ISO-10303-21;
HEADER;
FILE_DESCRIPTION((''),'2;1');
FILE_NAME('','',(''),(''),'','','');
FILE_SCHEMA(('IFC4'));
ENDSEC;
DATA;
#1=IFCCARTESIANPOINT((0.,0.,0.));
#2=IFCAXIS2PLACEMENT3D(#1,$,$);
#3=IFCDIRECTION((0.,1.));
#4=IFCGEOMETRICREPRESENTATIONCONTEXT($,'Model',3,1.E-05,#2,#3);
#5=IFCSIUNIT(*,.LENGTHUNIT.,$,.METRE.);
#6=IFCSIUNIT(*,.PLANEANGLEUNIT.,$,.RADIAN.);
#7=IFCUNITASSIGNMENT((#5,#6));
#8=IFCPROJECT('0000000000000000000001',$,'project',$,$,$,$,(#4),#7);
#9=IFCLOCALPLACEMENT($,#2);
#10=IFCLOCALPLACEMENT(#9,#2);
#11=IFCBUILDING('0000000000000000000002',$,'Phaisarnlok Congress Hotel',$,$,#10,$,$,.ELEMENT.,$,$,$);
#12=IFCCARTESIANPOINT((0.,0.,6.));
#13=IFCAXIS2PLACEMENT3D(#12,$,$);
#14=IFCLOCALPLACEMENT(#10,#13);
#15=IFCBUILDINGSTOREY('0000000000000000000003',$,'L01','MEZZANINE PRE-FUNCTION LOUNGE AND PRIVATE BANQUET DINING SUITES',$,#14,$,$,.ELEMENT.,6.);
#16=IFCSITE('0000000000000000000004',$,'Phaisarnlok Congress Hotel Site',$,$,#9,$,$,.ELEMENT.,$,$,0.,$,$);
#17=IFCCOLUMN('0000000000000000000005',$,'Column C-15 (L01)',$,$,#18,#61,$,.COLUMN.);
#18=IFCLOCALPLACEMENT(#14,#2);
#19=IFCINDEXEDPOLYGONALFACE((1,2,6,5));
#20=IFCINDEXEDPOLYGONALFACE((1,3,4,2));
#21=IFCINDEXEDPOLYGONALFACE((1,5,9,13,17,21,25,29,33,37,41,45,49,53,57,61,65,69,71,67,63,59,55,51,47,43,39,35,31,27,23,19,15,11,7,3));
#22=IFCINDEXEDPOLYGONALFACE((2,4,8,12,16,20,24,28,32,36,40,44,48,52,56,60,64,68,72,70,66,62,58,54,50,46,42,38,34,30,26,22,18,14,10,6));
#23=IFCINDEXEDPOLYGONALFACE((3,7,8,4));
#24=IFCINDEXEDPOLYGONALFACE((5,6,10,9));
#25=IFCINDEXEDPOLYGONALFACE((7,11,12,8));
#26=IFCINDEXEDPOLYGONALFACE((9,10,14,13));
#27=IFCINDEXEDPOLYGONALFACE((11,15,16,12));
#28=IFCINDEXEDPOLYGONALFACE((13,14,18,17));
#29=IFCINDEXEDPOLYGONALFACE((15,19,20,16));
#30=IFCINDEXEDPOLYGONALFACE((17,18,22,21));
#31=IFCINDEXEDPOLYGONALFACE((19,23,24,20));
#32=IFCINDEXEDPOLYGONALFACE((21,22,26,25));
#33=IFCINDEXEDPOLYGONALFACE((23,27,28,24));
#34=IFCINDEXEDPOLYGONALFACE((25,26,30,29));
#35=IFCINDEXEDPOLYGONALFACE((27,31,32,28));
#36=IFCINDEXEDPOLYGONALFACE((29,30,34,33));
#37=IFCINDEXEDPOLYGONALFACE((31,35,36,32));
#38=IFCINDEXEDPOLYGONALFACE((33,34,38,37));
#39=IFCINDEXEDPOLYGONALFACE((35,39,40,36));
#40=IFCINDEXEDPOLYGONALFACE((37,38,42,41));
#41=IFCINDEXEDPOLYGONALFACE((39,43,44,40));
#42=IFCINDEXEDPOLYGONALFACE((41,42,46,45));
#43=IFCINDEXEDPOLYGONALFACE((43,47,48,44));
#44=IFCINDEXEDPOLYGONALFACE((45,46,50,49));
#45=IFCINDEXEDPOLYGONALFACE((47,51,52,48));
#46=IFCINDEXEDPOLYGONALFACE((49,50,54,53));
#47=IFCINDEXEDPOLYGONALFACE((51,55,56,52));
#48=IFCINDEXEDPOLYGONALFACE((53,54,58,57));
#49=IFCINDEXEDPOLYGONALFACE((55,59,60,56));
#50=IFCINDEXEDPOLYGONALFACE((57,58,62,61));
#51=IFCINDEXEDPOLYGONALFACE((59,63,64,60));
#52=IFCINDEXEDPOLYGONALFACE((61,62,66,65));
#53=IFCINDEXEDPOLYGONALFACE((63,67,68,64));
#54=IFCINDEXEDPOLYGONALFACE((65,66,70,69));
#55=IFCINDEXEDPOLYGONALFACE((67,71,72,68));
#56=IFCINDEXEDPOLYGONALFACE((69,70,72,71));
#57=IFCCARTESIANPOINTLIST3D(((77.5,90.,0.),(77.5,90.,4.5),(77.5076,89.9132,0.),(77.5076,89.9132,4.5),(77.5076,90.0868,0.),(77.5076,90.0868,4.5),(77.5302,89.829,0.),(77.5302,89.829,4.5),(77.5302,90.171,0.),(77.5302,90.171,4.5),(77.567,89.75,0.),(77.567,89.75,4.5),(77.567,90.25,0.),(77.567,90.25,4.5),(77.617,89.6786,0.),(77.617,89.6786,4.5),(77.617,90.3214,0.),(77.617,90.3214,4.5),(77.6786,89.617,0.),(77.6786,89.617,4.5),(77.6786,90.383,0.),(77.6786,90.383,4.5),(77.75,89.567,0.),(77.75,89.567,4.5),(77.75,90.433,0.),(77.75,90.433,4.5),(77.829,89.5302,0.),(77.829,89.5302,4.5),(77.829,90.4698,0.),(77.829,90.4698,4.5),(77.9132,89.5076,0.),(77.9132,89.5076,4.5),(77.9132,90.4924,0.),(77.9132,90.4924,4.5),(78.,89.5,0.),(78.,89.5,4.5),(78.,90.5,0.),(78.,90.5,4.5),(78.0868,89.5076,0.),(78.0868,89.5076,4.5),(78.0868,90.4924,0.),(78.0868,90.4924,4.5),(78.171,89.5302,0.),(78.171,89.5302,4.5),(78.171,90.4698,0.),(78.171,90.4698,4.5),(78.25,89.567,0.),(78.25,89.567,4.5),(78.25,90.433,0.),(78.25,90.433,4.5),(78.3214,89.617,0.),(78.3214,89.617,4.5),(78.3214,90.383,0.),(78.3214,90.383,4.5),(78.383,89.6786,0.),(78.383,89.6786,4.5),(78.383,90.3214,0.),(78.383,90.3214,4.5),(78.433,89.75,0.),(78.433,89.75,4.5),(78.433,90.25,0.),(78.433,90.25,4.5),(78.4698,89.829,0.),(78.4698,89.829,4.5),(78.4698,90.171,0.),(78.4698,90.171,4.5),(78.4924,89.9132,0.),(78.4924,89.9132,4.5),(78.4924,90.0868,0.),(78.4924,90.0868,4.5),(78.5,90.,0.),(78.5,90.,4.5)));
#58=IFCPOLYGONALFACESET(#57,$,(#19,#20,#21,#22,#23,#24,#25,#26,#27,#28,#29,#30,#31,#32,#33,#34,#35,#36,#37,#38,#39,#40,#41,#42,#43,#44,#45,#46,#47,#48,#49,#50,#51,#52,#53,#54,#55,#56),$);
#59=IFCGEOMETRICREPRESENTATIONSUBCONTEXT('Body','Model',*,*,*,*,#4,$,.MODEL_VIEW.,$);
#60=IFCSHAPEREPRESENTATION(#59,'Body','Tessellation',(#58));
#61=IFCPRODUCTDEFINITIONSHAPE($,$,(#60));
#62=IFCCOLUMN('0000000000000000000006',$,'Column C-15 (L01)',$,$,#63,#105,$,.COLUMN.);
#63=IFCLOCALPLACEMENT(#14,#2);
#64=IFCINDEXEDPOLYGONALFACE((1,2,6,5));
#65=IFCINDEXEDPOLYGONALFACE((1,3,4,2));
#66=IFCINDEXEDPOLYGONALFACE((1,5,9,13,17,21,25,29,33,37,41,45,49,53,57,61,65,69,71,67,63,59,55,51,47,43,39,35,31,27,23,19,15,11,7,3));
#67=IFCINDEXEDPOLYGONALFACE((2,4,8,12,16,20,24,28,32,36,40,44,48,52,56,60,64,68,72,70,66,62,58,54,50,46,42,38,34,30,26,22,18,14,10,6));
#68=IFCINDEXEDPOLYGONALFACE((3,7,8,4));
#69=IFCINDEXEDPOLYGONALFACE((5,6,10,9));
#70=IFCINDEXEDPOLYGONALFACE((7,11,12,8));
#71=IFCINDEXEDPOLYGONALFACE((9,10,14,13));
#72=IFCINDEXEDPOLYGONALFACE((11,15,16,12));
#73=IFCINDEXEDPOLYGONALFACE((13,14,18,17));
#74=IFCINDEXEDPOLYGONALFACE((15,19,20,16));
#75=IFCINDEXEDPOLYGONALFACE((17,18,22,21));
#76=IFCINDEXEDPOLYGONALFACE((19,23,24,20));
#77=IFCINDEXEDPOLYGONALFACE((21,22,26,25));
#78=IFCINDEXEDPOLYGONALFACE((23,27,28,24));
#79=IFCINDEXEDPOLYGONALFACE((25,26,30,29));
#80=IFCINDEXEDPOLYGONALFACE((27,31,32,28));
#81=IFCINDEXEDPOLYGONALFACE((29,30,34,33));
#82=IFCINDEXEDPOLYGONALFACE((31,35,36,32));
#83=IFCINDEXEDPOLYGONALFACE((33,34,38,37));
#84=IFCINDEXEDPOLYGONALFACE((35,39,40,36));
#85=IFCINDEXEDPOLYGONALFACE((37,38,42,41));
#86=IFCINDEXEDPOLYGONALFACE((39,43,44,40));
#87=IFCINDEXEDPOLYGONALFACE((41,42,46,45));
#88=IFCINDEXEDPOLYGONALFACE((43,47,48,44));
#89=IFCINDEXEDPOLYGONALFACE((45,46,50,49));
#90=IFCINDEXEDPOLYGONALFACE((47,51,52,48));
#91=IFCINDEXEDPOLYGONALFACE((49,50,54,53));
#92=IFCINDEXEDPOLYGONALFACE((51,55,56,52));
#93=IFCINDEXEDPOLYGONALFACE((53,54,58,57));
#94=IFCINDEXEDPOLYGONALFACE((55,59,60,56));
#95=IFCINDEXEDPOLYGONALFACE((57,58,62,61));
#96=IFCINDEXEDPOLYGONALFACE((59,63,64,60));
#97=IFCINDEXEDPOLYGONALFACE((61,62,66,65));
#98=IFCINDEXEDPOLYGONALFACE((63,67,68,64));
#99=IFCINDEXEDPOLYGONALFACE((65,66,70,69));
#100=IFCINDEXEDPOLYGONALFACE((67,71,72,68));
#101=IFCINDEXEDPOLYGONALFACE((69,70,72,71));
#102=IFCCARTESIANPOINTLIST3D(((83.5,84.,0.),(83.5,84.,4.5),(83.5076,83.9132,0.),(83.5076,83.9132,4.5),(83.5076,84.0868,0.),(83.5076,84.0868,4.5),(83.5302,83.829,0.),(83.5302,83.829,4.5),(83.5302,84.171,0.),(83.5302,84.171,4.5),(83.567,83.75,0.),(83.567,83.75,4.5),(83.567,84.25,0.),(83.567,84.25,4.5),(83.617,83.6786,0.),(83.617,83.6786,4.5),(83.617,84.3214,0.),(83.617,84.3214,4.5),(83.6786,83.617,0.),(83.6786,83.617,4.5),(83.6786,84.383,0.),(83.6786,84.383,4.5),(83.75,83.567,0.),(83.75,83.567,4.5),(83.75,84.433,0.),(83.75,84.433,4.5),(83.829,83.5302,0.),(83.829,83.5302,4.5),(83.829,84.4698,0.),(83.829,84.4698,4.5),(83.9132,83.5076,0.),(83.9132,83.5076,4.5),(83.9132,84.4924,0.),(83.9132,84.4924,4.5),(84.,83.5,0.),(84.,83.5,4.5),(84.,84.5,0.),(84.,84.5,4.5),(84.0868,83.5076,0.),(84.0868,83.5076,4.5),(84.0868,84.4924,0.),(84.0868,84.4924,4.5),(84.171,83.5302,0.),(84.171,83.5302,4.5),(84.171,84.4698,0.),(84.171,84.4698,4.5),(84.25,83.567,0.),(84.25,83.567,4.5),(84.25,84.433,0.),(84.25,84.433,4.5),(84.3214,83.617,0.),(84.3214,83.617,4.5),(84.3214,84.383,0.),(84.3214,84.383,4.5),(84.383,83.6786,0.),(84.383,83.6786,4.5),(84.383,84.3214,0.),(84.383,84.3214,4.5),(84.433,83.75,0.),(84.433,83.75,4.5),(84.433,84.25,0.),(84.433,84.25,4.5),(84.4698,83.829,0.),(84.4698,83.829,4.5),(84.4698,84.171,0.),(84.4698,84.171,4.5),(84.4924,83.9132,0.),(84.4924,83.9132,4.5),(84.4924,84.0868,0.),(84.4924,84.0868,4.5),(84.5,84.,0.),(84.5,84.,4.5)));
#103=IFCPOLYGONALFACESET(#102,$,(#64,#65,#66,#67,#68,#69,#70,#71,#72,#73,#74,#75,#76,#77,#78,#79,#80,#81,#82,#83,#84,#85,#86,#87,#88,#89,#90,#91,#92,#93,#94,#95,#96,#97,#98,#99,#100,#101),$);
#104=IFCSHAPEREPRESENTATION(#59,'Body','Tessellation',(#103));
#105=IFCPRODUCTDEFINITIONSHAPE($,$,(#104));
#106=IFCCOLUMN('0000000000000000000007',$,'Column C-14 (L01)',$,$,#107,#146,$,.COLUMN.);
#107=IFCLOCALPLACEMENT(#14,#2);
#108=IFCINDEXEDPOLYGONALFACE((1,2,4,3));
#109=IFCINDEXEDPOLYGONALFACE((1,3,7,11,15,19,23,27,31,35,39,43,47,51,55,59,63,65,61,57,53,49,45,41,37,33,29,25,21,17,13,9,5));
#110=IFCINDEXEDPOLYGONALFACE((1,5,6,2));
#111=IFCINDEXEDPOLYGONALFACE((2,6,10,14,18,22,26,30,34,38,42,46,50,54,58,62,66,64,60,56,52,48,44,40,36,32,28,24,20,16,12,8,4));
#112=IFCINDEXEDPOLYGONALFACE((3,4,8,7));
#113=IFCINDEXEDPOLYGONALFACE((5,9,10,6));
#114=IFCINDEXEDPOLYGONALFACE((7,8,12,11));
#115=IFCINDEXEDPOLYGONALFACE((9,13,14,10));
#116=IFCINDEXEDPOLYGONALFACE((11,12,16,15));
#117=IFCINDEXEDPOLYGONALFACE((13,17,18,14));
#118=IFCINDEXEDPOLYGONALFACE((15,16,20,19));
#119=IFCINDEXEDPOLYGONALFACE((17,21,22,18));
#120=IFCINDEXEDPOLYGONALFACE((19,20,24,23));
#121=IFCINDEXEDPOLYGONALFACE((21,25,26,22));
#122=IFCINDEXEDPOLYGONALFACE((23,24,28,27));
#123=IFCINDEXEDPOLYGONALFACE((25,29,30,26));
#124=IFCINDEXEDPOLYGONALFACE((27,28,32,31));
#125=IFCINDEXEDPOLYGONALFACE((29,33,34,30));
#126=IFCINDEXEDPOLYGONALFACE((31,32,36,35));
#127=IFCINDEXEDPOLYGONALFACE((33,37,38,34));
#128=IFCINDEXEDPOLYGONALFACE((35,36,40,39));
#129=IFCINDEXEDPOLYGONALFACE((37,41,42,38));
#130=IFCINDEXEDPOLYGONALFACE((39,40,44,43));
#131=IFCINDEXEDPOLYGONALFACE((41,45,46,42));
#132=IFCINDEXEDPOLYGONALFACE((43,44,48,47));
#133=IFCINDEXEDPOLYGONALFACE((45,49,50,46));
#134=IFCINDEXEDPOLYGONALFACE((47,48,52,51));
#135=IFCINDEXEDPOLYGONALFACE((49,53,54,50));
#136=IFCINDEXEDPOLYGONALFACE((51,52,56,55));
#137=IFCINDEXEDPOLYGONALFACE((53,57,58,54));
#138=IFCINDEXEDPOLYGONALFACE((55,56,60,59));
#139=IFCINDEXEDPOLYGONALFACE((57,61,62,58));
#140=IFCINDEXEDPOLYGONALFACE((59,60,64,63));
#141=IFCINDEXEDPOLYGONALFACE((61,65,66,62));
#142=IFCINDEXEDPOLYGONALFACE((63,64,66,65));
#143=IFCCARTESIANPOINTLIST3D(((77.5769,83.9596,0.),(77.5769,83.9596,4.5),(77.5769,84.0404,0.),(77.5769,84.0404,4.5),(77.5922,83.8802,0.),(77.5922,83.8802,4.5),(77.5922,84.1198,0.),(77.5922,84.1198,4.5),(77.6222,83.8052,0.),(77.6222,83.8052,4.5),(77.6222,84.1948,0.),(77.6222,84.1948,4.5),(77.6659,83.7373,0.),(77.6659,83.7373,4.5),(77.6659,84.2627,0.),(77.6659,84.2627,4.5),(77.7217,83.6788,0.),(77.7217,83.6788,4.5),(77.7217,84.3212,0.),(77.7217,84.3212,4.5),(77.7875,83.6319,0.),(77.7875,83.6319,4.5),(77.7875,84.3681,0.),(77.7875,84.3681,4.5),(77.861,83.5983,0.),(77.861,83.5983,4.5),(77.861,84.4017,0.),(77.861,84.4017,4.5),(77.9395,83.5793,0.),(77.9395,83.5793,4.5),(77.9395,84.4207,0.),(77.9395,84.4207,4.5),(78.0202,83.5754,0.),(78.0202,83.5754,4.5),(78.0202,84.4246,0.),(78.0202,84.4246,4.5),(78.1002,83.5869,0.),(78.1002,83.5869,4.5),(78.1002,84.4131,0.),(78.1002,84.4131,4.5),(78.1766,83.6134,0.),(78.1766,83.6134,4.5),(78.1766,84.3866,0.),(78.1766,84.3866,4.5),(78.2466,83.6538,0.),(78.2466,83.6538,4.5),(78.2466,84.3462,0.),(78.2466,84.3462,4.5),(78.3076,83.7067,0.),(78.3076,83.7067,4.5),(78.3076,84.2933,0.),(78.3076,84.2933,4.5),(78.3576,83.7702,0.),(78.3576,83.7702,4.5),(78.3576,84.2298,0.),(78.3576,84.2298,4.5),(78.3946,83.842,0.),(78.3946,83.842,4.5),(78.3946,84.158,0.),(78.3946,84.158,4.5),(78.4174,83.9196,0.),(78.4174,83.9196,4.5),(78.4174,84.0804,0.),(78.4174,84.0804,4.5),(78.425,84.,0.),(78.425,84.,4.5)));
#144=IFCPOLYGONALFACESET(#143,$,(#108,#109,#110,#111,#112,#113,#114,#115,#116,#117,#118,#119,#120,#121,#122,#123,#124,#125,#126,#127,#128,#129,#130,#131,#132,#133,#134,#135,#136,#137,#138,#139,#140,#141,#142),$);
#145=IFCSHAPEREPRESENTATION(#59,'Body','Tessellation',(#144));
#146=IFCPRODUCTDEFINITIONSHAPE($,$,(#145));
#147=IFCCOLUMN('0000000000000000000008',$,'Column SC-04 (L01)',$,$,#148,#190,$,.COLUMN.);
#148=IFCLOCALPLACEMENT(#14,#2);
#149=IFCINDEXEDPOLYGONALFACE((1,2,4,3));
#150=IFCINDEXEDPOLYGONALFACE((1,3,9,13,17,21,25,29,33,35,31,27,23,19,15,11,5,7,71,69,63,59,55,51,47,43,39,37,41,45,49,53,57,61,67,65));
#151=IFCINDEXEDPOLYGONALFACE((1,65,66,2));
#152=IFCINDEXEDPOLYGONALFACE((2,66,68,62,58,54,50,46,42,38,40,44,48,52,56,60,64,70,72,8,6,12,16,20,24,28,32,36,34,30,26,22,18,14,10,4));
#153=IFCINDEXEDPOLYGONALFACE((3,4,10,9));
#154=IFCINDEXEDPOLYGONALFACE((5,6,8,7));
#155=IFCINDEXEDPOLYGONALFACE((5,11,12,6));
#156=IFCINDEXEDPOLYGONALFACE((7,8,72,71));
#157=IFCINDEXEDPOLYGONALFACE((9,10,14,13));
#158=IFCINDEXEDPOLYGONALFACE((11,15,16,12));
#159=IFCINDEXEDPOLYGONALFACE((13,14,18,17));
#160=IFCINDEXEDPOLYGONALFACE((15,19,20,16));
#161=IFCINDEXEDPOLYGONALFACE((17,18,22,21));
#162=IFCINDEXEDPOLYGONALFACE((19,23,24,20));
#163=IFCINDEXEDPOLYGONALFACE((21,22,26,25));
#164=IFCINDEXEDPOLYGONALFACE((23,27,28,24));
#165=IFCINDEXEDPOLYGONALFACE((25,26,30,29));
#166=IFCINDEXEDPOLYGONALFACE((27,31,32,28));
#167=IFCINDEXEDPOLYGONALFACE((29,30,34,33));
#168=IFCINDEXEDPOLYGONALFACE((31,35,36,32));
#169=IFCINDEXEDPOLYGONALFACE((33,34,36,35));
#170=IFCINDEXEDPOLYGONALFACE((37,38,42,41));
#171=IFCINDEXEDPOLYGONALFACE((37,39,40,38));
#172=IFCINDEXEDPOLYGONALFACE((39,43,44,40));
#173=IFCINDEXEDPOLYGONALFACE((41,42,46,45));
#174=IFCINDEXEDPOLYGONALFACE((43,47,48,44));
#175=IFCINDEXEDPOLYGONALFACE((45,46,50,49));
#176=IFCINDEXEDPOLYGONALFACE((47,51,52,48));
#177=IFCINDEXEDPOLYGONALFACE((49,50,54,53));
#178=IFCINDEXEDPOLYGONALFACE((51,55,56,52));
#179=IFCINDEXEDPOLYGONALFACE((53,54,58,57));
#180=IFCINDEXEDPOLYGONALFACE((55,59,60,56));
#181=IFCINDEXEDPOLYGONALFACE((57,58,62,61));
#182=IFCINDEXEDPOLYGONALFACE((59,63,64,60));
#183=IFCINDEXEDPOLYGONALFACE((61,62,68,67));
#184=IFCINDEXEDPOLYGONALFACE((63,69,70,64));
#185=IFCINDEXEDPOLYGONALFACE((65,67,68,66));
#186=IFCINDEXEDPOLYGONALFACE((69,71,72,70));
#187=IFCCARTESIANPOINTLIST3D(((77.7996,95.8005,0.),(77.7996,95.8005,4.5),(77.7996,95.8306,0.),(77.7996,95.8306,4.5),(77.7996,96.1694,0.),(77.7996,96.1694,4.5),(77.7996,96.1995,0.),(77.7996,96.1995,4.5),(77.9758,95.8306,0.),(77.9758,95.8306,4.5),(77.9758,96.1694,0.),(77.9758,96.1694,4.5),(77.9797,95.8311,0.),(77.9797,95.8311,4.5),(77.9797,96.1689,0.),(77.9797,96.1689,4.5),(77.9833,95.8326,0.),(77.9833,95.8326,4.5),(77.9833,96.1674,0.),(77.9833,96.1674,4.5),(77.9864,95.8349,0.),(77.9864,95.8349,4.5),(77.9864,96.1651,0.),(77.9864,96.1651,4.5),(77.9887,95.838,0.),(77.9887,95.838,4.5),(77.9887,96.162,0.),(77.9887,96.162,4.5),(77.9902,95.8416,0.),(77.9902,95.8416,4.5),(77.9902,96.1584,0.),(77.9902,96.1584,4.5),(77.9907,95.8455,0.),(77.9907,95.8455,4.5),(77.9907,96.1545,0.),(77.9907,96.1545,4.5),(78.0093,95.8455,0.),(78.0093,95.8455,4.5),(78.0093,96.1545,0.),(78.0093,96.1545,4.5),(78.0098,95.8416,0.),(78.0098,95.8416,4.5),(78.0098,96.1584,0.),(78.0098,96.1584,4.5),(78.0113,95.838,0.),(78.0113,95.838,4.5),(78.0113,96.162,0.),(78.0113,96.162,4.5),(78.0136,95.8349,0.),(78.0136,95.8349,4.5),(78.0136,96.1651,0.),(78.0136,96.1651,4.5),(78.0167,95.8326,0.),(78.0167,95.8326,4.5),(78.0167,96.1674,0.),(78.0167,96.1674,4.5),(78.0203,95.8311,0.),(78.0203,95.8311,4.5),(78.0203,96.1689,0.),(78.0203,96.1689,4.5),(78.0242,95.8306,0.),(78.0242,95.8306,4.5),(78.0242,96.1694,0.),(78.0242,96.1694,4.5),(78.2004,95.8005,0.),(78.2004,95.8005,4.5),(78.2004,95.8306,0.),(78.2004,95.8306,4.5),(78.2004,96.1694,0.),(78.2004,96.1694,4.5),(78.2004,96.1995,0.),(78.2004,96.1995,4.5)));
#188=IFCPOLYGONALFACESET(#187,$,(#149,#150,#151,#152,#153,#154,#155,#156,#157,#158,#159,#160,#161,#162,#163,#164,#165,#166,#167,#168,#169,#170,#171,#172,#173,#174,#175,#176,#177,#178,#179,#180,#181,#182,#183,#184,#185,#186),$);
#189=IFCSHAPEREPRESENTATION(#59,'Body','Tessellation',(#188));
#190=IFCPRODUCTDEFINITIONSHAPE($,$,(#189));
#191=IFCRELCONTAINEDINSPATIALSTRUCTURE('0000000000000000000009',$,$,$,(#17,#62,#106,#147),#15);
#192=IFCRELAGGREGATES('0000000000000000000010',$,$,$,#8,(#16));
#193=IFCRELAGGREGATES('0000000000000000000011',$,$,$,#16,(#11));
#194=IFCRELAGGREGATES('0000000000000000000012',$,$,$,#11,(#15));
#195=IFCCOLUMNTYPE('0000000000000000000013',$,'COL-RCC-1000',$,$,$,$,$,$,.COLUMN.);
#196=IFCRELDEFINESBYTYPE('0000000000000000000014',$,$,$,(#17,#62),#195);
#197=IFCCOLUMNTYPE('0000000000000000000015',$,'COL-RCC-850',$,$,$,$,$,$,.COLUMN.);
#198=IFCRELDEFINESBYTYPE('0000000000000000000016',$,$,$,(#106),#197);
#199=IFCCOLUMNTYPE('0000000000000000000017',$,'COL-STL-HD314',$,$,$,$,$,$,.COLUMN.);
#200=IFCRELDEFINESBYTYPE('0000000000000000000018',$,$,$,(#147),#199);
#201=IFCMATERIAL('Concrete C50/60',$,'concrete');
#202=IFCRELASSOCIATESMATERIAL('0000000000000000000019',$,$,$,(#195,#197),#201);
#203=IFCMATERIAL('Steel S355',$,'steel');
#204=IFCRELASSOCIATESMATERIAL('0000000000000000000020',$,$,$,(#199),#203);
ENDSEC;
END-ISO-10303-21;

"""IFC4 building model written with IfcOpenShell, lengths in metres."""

from ifc_helpers import new_model, si_unit, direction, frame, origin, origin_2d, place, context, subcontext, project, spatial, circle, i_section, extrude, material, material_profile, profile_set, type_object, element, save


model = new_model("IFC4")

# Units and contexts
model_context = context("Model", 3, precision=1e-05, world=origin(), true_north=direction((0.0, 1.0)))
body_context = subcontext(model_context, "Body", "Model", "MODEL_VIEW")
ifc_project = project(units=[si_unit("LENGTHUNIT", "METRE"), si_unit("PLANEANGLEUNIT", "RADIAN")], contexts=[model_context])

# Site, building, storey
site_placement = place(None, origin())
site = spatial("IfcSite", under=ifc_project, at=site_placement, Name="Phaisarnlok Congress Hotel Site", CompositionType="ELEMENT", RefElevation=0.0)
building_placement = place(site_placement, origin())
building = spatial("IfcBuilding", under=site, at=building_placement, Name="Phaisarnlok Congress Hotel", CompositionType="ELEMENT")
storey_placement = place(building_placement, frame((0.0, 0.0, 6.0)))
storey = spatial("IfcBuildingStorey", under=building, at=storey_placement, Name="L01", Description="MEZZANINE PRE-FUNCTION LOUNGE AND PRIVATE BANQUET DINING SUITES", CompositionType="ELEMENT", Elevation=6.0)

# Columns
ifc_material_1 = material(Name="Concrete C50/60", Category="concrete")
ifc_material_profile_1 = material_profile(ifc_material_1, circle(Radius=0.5, at=origin_2d()), Name="RCC D1000")
ifc_profile_set_1 = profile_set([ifc_material_profile_1], Name="Concrete C50/60")
column_type_1 = type_object("IfcColumnType", Name="COL-RCC-1000", PredefinedType="COLUMN", material=ifc_profile_set_1)
for number, where, z_axis, x_axis, name in (
    (1, (78.0, 90.0, 0.0), (0.0, 0.0, 1.0), (1.0, 0.0, 0.0), "Column C-15 (L01)"),
    (2, (84.0, 84.0, 0.0), (0.0, 0.0, 1.0), (1.0, 0.0, 0.0), "Column C-15 (L01)"),
):
    element("IfcColumn", number, at=place(storey_placement, frame(where, z_axis=z_axis, x_axis=x_axis)), inside=storey, type_object=column_type_1, Name=name, PredefinedType="COLUMN", context=body_context, shape_type="SweptSolid", body=[
        extrude(circle(Radius=0.5, at=origin_2d()), origin(), (0.0, 0.0, 1.0), 4.5),
    ])
ifc_material_profile_2 = material_profile(ifc_material_1, circle(Radius=0.425, at=origin_2d()), Name="RCC D850")
ifc_profile_set_2 = profile_set([ifc_material_profile_2], Name="Concrete C50/60")
column_type_2 = type_object("IfcColumnType", Name="COL-RCC-850", PredefinedType="COLUMN", material=ifc_profile_set_2)
column_placement = place(storey_placement, frame((78.0, 84.0, 0.0), z_axis=(0.0, 0.0, 1.0), x_axis=(1.0, 0.0, 0.0)))
element("IfcColumn", 3, at=column_placement, inside=storey, type_object=column_type_2, Name="Column C-14 (L01)", PredefinedType="COLUMN", context=body_context, shape_type="SweptSolid", body=[
    extrude(circle(Radius=0.425, at=origin_2d()), origin(), (0.0, 0.0, 1.0), 4.5),
])
ifc_material_2 = material(Name="Steel S355", Category="steel")
ifc_material_profile_3 = material_profile(ifc_material_2, i_section(OverallWidth=0.4009, OverallDepth=0.3989, WebThickness=0.0186, FlangeThickness=0.03, FilletRadius=0.0149, at=origin_2d()), Name="HD 400x314")
ifc_profile_set_3 = profile_set([ifc_material_profile_3], Name="Steel S355")
column_type_3 = type_object("IfcColumnType", Name="COL-STL-HD314", PredefinedType="COLUMN", material=ifc_profile_set_3)
for number, where, z_axis, x_axis, name in (
    (4, (78.0, 96.0, 0.0), (0.0, 0.0, 1.0), (1.0, 0.0, 0.0), "Column SC-04 (L01)"),
):
    element("IfcColumn", number, at=place(storey_placement, frame(where, z_axis=z_axis, x_axis=x_axis)), inside=storey, type_object=column_type_3, Name=name, PredefinedType="COLUMN", context=body_context, shape_type="SweptSolid", body=[
        extrude(i_section(OverallWidth=0.4009, OverallDepth=0.3989, WebThickness=0.0186, FlangeThickness=0.03, FilletRadius=0.0149, at=origin_2d()), origin(), (0.0, 0.0, 1.0), 4.5),
    ])

save(model, "model.ifc")
